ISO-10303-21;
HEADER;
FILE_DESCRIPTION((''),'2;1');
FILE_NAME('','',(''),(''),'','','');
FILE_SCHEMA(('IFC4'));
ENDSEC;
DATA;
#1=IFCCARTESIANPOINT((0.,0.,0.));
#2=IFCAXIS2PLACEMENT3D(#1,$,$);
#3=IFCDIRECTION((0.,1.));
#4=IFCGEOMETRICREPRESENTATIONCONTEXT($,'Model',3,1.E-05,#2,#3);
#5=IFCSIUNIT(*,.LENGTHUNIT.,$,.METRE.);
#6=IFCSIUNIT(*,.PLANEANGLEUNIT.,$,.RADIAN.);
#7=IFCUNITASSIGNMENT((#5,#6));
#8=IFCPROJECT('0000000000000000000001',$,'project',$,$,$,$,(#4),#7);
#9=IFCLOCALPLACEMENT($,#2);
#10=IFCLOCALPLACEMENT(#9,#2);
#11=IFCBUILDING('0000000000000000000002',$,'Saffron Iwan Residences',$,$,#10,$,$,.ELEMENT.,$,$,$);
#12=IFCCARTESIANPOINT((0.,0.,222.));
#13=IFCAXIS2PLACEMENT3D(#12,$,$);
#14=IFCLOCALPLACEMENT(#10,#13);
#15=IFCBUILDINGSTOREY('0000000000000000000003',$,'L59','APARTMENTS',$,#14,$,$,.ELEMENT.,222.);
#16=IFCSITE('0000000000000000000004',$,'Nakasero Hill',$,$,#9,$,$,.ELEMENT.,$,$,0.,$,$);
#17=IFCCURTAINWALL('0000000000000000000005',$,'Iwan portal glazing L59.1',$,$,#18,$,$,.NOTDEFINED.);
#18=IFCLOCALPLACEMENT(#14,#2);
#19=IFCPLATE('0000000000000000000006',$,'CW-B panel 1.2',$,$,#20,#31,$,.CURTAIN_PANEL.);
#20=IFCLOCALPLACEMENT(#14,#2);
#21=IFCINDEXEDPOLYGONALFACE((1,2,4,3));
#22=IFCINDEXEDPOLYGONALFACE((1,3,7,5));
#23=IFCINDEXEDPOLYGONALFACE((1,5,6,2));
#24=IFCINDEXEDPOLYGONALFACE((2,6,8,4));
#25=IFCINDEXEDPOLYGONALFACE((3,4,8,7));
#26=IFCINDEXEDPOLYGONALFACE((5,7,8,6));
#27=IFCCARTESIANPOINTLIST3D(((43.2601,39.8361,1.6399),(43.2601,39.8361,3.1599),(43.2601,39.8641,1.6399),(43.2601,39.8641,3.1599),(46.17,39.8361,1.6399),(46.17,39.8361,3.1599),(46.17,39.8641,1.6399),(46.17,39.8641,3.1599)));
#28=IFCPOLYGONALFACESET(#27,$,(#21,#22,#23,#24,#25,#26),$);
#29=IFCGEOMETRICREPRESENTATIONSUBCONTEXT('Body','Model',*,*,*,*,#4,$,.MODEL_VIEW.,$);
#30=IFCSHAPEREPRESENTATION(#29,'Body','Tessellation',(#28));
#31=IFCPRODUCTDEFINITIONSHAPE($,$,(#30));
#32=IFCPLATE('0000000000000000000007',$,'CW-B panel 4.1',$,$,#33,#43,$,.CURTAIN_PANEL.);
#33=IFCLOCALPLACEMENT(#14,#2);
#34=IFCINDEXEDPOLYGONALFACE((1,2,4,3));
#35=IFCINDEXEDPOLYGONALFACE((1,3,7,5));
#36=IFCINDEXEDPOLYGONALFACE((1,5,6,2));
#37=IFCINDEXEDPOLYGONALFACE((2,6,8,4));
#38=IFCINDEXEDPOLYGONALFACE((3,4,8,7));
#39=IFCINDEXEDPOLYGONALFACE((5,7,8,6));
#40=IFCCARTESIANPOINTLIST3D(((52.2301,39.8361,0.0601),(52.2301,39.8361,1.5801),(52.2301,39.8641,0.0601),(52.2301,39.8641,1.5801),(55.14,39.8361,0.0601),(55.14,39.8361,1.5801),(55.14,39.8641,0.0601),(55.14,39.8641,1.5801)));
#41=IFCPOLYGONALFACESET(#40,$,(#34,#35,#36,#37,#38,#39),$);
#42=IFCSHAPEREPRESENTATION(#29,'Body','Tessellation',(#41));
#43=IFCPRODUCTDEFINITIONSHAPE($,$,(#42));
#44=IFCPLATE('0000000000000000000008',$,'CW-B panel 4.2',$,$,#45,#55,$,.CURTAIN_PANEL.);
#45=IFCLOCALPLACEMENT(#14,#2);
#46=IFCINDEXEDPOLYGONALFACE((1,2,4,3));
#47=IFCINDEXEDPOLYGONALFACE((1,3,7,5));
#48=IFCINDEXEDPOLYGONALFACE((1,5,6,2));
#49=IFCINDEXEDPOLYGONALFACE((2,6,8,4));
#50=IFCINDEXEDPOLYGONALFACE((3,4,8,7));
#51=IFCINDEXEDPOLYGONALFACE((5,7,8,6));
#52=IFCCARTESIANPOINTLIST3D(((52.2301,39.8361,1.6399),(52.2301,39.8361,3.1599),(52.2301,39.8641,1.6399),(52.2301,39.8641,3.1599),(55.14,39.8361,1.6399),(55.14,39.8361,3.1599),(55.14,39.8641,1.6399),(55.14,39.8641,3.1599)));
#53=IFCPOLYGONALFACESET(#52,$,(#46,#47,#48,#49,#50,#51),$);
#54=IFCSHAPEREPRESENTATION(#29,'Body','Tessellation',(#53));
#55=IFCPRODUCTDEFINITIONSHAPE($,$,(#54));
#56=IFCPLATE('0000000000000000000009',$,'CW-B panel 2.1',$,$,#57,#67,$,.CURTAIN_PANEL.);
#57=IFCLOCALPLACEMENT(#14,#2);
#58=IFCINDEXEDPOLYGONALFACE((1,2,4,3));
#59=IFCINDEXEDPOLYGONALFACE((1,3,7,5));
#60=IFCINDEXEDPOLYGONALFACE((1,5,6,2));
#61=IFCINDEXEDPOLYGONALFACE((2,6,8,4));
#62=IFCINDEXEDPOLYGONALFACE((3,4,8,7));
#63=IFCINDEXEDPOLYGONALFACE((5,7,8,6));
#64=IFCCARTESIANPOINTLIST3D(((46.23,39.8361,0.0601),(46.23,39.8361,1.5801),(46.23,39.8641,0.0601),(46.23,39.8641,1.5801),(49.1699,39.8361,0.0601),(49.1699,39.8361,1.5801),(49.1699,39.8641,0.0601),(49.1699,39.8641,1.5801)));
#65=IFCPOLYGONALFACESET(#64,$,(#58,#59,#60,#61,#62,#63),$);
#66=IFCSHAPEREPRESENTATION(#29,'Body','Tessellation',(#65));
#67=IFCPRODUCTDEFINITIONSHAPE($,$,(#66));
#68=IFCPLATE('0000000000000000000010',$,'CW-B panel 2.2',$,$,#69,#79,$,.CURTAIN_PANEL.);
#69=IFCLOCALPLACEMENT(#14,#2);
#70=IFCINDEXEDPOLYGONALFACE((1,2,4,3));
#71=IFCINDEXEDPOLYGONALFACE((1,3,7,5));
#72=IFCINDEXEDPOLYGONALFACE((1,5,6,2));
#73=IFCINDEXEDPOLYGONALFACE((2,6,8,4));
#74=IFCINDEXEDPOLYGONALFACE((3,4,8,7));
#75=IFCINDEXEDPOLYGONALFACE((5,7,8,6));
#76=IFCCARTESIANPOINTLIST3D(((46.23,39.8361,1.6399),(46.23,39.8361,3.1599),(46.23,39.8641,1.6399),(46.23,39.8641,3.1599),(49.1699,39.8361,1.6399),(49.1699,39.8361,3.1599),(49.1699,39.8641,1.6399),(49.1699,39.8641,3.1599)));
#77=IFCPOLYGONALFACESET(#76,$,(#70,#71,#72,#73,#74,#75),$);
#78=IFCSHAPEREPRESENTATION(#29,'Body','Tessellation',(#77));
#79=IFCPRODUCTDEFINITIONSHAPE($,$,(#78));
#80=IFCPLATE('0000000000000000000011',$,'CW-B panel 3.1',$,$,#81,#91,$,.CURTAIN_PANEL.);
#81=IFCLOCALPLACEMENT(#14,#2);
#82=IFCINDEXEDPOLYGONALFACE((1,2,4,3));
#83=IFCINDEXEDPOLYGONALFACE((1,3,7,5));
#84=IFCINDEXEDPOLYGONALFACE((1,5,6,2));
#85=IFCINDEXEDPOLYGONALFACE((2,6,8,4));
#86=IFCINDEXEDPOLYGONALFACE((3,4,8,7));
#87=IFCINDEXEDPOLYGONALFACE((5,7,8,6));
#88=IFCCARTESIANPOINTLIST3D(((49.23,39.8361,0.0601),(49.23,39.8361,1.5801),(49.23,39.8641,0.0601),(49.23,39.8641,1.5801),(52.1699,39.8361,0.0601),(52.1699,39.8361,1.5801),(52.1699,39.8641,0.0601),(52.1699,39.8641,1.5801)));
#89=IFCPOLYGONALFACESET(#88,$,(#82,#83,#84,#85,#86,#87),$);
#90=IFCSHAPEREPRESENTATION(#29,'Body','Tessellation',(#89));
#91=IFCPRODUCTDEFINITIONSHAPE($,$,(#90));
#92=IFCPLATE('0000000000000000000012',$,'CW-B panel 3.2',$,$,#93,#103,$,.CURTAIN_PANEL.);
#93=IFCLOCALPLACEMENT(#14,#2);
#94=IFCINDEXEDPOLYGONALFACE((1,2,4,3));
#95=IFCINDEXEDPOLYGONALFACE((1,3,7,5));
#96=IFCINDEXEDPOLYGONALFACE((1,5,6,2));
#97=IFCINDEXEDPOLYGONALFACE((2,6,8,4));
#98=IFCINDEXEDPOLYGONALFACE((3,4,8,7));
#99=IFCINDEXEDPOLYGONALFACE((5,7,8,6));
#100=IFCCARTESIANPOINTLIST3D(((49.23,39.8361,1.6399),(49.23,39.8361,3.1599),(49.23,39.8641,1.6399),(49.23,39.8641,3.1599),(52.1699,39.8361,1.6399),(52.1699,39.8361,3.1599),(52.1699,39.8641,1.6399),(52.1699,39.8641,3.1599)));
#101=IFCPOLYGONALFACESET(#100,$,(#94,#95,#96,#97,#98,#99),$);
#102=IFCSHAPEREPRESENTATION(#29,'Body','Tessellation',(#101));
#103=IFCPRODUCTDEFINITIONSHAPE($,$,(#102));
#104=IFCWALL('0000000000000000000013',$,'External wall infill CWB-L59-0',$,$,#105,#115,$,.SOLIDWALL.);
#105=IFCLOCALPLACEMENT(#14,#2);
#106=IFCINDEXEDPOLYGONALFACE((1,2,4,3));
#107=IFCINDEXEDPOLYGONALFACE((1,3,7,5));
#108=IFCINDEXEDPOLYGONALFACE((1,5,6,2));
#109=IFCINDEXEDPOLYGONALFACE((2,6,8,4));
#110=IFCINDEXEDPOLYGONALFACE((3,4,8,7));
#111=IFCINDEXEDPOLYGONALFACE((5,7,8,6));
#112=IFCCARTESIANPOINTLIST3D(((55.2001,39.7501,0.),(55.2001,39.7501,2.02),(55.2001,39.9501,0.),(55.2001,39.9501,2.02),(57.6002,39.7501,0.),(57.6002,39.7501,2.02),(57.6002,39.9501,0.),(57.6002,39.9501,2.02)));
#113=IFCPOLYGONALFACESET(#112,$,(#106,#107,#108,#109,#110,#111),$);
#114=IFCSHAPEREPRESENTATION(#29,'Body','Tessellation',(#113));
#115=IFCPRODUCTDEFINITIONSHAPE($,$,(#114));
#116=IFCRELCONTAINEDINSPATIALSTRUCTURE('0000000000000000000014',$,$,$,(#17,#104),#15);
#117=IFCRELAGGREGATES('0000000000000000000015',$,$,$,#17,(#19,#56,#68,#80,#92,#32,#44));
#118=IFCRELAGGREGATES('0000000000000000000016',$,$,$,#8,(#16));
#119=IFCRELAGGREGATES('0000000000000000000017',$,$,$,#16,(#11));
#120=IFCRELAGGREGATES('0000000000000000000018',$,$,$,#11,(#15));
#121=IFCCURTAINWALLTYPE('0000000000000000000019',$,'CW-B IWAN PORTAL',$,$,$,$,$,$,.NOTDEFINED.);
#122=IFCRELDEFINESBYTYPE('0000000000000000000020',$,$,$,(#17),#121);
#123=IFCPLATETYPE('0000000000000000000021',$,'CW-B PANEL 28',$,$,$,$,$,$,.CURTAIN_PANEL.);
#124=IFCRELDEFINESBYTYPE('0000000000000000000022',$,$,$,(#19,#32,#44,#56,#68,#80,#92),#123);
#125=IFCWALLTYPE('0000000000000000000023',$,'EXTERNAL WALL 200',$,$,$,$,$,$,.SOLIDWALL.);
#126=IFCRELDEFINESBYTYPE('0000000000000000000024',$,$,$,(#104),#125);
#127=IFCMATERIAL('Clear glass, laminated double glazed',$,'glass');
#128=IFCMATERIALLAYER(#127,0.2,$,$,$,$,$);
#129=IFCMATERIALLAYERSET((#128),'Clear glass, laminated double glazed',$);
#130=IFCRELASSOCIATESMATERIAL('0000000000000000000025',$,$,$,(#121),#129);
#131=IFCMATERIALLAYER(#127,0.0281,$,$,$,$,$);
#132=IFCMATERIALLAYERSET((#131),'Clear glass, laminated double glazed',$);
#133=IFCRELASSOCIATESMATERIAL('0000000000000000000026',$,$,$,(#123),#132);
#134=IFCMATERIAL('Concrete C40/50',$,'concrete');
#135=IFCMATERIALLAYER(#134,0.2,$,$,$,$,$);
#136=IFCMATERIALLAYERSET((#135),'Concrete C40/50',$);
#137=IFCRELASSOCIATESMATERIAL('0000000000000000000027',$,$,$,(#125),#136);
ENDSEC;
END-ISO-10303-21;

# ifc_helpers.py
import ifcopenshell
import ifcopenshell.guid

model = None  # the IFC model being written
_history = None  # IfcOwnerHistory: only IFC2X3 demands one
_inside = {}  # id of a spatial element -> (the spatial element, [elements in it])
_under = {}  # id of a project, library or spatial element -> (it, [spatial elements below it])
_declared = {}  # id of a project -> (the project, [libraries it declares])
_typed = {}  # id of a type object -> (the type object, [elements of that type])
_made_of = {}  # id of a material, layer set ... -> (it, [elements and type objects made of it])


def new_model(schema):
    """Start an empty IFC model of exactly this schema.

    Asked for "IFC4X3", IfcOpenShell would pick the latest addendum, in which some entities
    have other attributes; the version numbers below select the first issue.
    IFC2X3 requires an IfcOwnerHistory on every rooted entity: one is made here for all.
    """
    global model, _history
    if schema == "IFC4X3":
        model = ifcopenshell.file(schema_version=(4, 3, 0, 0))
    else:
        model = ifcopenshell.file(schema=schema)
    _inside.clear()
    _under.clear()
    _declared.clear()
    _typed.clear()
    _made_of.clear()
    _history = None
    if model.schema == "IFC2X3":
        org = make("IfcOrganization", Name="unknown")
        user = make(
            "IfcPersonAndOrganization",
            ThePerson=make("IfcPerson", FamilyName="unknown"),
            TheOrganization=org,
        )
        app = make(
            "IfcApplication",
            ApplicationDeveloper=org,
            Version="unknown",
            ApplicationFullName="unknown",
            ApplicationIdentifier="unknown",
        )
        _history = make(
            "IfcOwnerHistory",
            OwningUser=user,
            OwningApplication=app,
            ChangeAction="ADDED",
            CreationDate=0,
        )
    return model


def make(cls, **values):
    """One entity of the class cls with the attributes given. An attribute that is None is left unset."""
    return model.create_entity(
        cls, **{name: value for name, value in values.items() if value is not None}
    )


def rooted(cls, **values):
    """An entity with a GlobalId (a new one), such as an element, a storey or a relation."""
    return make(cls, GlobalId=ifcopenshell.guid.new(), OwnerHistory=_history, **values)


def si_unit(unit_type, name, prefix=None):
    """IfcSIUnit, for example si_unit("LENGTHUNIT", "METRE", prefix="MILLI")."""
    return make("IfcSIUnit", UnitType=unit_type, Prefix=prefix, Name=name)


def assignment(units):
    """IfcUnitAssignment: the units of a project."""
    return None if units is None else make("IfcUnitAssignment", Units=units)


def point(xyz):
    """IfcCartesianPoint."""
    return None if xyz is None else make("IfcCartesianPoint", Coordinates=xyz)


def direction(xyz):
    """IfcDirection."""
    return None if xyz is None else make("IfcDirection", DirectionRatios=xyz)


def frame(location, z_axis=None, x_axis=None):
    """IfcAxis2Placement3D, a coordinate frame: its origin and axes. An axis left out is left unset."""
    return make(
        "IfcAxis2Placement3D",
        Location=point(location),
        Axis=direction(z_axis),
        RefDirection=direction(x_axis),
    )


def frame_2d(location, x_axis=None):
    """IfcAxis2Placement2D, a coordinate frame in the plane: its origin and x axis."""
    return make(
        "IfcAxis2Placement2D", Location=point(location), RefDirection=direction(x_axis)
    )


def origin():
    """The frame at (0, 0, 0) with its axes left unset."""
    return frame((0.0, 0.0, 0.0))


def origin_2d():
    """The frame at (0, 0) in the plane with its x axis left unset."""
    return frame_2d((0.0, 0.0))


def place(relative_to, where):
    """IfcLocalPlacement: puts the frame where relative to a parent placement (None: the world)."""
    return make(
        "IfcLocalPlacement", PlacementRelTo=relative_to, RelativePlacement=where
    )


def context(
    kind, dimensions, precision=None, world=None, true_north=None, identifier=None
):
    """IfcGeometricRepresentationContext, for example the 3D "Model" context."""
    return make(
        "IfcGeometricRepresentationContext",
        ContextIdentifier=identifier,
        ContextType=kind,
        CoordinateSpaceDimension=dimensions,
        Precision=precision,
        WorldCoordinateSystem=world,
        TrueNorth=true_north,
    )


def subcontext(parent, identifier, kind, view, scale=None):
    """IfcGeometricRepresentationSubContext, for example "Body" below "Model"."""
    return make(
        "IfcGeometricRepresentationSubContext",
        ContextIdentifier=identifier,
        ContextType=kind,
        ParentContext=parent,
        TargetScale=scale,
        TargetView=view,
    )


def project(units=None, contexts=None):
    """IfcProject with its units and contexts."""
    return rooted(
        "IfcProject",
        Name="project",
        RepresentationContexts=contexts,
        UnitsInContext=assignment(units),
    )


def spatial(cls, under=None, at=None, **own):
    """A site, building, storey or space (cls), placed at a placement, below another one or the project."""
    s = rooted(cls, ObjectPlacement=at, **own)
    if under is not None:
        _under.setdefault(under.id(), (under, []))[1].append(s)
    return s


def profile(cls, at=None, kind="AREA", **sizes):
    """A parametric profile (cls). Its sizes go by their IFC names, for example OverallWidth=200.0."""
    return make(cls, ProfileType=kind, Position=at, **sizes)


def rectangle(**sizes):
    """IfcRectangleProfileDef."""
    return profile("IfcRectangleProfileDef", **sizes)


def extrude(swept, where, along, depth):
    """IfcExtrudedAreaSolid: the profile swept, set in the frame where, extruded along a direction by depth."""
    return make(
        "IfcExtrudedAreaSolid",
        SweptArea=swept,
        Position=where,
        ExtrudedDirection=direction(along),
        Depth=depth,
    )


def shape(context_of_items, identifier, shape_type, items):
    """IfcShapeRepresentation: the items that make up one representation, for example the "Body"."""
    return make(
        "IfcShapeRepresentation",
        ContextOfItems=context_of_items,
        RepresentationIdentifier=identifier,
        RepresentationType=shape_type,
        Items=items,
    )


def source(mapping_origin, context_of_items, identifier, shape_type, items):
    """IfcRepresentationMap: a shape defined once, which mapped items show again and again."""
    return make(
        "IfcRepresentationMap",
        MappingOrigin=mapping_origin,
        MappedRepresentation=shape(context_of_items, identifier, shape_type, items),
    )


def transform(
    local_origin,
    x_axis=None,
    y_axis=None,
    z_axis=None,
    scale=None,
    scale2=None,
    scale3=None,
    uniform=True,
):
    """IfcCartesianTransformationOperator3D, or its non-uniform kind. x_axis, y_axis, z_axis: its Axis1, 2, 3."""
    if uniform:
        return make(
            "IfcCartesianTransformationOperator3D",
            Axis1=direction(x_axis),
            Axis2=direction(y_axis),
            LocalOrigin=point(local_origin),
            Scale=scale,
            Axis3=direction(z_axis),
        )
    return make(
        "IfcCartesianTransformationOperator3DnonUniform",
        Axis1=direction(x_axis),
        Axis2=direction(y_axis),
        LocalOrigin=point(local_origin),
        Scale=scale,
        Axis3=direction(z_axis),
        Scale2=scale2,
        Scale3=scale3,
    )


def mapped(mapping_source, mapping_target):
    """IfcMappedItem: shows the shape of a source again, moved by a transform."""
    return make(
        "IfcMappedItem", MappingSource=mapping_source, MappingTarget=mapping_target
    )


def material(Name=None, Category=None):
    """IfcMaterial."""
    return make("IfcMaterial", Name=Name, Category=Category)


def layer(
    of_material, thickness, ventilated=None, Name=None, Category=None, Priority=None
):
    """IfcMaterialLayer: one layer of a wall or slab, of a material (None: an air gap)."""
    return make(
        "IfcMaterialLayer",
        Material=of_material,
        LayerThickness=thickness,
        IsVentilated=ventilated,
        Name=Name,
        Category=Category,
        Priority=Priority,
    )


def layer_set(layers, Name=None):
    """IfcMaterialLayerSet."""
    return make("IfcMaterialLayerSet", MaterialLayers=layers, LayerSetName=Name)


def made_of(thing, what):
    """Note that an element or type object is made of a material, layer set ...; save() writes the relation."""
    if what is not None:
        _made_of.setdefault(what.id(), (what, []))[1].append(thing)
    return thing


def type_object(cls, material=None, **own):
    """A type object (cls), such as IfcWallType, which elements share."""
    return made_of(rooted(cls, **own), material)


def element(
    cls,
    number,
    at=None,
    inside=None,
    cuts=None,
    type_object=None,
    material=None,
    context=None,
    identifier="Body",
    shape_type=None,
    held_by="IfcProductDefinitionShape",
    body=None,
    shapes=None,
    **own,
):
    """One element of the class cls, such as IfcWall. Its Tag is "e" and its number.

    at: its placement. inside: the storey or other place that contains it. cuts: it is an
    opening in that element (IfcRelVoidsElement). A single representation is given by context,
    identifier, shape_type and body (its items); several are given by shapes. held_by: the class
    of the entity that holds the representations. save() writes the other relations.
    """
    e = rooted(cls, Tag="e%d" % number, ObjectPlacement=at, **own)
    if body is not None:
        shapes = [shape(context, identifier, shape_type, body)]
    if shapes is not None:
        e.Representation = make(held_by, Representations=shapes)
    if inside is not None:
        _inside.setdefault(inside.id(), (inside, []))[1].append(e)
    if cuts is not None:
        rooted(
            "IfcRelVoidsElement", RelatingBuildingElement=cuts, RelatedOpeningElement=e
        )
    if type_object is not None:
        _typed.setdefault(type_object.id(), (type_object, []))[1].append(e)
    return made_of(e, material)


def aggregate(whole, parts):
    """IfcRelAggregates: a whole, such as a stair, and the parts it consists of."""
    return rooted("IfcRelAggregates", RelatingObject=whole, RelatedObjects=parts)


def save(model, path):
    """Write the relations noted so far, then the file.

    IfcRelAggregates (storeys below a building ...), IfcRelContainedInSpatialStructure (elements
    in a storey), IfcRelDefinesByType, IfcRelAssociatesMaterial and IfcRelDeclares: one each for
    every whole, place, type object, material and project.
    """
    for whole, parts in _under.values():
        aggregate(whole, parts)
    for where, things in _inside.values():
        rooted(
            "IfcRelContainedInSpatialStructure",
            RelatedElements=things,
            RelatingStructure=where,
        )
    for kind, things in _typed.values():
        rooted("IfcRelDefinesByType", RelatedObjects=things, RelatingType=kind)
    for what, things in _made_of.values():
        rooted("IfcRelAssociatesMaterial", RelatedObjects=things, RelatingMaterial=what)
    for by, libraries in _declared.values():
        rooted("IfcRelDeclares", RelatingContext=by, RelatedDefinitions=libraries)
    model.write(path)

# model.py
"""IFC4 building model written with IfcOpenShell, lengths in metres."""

from ifc_helpers import new_model, si_unit, direction, frame, frame_2d, origin, origin_2d, place, context, subcontext, project, spatial, rectangle, extrude, source, transform, mapped, material, layer, layer_set, type_object, element, aggregate, save


model = new_model("IFC4")

# Units and contexts
model_context = context("Model", 3, precision=1e-05, world=origin(), true_north=direction((0.0, 1.0)))
body_context = subcontext(model_context, "Body", "Model", "MODEL_VIEW")
ifc_project = project(units=[si_unit("LENGTHUNIT", "METRE"), si_unit("PLANEANGLEUNIT", "RADIAN")], contexts=[model_context])

# Site, building, storey
site_placement = place(None, origin())
site = spatial("IfcSite", under=ifc_project, at=site_placement, Name="Nakasero Hill", CompositionType="ELEMENT", RefElevation=0.0)
building_placement = place(site_placement, origin())
building = spatial("IfcBuilding", under=site, at=building_placement, Name="Saffron Iwan Residences", CompositionType="ELEMENT")
storey_placement = place(building_placement, frame((0.0, 0.0, 222.0)))
storey = spatial("IfcBuildingStorey", under=building, at=storey_placement, Name="L59", Description="APARTMENTS", CompositionType="ELEMENT", Elevation=222.0)

# Curtain wall, plates
ifc_material_1 = material(Name="Clear glass, laminated double glazed", Category="glass")
ifc_layer_1 = layer(ifc_material_1, 0.2)
ifc_layer_set_1 = layer_set([ifc_layer_1], Name="Clear glass, laminated double glazed")
curtain_wall_type = type_object("IfcCurtainWallType", Name="CW-B IWAN PORTAL", PredefinedType="NOTDEFINED", material=ifc_layer_set_1)
curtain_wall_placement = place(storey_placement, origin())
curtain_wall = element("IfcCurtainWall", 1, at=curtain_wall_placement, inside=storey, type_object=curtain_wall_type, Name="Iwan portal glazing L59.1", PredefinedType="NOTDEFINED")
ifc_layer_2 = layer(ifc_material_1, 0.0281)
ifc_layer_set_2 = layer_set([ifc_layer_2], Name="Clear glass, laminated double glazed")
plate_type = type_object("IfcPlateType", Name="CW-B PANEL 28", PredefinedType="CURTAIN_PANEL", material=ifc_layer_set_2)
shared_shape_1 = source(origin(), body_context, "Body", "SweptSolid", [
    extrude(rectangle(XDim=2.9099, YDim=0.0281, at=origin_2d()), origin(), (0.0, 0.0, 1.0), 1.52),
])
plate_1_placement = place(storey_placement, frame((44.7151, 39.8501, 1.6399), z_axis=(0.0, 0.0, 1.0), x_axis=(1.0, 0.0, 0.0)))
plate_1 = element("IfcPlate", 2, at=plate_1_placement, type_object=plate_type, Name="CW-B panel 1.2", PredefinedType="CURTAIN_PANEL", context=body_context, shape_type="MappedRepresentation", body=[
    mapped(shared_shape_1, transform((0.0, 0.0, 0.0))),
])
plate_2_placement = place(storey_placement, frame((53.6851, 39.8501, 0.0601), z_axis=(0.0, 0.0, 1.0), x_axis=(1.0, 0.0, 0.0)))
plate_2 = element("IfcPlate", 3, at=plate_2_placement, type_object=plate_type, Name="CW-B panel 4.1", PredefinedType="CURTAIN_PANEL", context=body_context, shape_type="MappedRepresentation", body=[
    mapped(shared_shape_1, transform((0.0, 0.0, 0.0))),
])
plate_3_placement = place(storey_placement, frame((53.6851, 39.8501, 1.6399), z_axis=(0.0, 0.0, 1.0), x_axis=(1.0, 0.0, 0.0)))
plate_3 = element("IfcPlate", 4, at=plate_3_placement, type_object=plate_type, Name="CW-B panel 4.2", PredefinedType="CURTAIN_PANEL", context=body_context, shape_type="MappedRepresentation", body=[
    mapped(shared_shape_1, transform((0.0, 0.0, 0.0))),
])
shared_shape_2 = source(origin(), body_context, "Body", "SweptSolid", [
    extrude(rectangle(XDim=2.9399, YDim=0.0281, at=origin_2d()), origin(), (0.0, 0.0, 1.0), 1.52),
])
plate_4_placement = place(storey_placement, frame((47.7, 39.8501, 0.0601), z_axis=(0.0, 0.0, 1.0), x_axis=(1.0, 0.0, 0.0)))
plate_4 = element("IfcPlate", 5, at=plate_4_placement, type_object=plate_type, Name="CW-B panel 2.1", PredefinedType="CURTAIN_PANEL", context=body_context, shape_type="MappedRepresentation", body=[
    mapped(shared_shape_2, transform((0.0, 0.0, 0.0))),
])
plate_5_placement = place(storey_placement, frame((47.7, 39.8501, 1.6399), z_axis=(0.0, 0.0, 1.0), x_axis=(1.0, 0.0, 0.0)))
plate_5 = element("IfcPlate", 6, at=plate_5_placement, type_object=plate_type, Name="CW-B panel 2.2", PredefinedType="CURTAIN_PANEL", context=body_context, shape_type="MappedRepresentation", body=[
    mapped(shared_shape_2, transform((0.0, 0.0, 0.0))),
])
plate_6_placement = place(storey_placement, frame((50.7, 39.8501, 0.0601), z_axis=(0.0, 0.0, 1.0), x_axis=(1.0, 0.0, 0.0)))
plate_6 = element("IfcPlate", 7, at=plate_6_placement, type_object=plate_type, Name="CW-B panel 3.1", PredefinedType="CURTAIN_PANEL", context=body_context, shape_type="MappedRepresentation", body=[
    mapped(shared_shape_2, transform((0.0, 0.0, 0.0))),
])
plate_7_placement = place(storey_placement, frame((50.7, 39.8501, 1.6399), z_axis=(0.0, 0.0, 1.0), x_axis=(1.0, 0.0, 0.0)))
plate_7 = element("IfcPlate", 8, at=plate_7_placement, type_object=plate_type, Name="CW-B panel 3.2", PredefinedType="CURTAIN_PANEL", context=body_context, shape_type="MappedRepresentation", body=[
    mapped(shared_shape_2, transform((0.0, 0.0, 0.0))),
])
aggregate(curtain_wall, [plate_1, plate_4, plate_5, plate_6, plate_7, plate_2, plate_3])

# Wall
ifc_material_2 = material(Name="Concrete C40/50", Category="concrete")
ifc_layer_3 = layer(ifc_material_2, 0.2)
ifc_layer_set_3 = layer_set([ifc_layer_3], Name="Concrete C40/50")
wall_type = type_object("IfcWallType", Name="EXTERNAL WALL 200", PredefinedType="SOLIDWALL", material=ifc_layer_set_3)
wall_placement = place(storey_placement, frame((55.2, 39.8501, 0.0), z_axis=(0.0, 0.0, 1.0), x_axis=(1.0, 0.0, 0.0)))
element("IfcWall", 9, at=wall_placement, inside=storey, type_object=wall_type, Name="External wall infill CWB-L59-0", PredefinedType="SOLIDWALL", context=body_context, shape_type="SweptSolid", body=[
    extrude(rectangle(XDim=2.4001, YDim=0.2, at=frame_2d((1.2002, 0.0))), origin(), (0.0, 0.0, 1.0), 2.02),
])

save(model, "model.ifc")
